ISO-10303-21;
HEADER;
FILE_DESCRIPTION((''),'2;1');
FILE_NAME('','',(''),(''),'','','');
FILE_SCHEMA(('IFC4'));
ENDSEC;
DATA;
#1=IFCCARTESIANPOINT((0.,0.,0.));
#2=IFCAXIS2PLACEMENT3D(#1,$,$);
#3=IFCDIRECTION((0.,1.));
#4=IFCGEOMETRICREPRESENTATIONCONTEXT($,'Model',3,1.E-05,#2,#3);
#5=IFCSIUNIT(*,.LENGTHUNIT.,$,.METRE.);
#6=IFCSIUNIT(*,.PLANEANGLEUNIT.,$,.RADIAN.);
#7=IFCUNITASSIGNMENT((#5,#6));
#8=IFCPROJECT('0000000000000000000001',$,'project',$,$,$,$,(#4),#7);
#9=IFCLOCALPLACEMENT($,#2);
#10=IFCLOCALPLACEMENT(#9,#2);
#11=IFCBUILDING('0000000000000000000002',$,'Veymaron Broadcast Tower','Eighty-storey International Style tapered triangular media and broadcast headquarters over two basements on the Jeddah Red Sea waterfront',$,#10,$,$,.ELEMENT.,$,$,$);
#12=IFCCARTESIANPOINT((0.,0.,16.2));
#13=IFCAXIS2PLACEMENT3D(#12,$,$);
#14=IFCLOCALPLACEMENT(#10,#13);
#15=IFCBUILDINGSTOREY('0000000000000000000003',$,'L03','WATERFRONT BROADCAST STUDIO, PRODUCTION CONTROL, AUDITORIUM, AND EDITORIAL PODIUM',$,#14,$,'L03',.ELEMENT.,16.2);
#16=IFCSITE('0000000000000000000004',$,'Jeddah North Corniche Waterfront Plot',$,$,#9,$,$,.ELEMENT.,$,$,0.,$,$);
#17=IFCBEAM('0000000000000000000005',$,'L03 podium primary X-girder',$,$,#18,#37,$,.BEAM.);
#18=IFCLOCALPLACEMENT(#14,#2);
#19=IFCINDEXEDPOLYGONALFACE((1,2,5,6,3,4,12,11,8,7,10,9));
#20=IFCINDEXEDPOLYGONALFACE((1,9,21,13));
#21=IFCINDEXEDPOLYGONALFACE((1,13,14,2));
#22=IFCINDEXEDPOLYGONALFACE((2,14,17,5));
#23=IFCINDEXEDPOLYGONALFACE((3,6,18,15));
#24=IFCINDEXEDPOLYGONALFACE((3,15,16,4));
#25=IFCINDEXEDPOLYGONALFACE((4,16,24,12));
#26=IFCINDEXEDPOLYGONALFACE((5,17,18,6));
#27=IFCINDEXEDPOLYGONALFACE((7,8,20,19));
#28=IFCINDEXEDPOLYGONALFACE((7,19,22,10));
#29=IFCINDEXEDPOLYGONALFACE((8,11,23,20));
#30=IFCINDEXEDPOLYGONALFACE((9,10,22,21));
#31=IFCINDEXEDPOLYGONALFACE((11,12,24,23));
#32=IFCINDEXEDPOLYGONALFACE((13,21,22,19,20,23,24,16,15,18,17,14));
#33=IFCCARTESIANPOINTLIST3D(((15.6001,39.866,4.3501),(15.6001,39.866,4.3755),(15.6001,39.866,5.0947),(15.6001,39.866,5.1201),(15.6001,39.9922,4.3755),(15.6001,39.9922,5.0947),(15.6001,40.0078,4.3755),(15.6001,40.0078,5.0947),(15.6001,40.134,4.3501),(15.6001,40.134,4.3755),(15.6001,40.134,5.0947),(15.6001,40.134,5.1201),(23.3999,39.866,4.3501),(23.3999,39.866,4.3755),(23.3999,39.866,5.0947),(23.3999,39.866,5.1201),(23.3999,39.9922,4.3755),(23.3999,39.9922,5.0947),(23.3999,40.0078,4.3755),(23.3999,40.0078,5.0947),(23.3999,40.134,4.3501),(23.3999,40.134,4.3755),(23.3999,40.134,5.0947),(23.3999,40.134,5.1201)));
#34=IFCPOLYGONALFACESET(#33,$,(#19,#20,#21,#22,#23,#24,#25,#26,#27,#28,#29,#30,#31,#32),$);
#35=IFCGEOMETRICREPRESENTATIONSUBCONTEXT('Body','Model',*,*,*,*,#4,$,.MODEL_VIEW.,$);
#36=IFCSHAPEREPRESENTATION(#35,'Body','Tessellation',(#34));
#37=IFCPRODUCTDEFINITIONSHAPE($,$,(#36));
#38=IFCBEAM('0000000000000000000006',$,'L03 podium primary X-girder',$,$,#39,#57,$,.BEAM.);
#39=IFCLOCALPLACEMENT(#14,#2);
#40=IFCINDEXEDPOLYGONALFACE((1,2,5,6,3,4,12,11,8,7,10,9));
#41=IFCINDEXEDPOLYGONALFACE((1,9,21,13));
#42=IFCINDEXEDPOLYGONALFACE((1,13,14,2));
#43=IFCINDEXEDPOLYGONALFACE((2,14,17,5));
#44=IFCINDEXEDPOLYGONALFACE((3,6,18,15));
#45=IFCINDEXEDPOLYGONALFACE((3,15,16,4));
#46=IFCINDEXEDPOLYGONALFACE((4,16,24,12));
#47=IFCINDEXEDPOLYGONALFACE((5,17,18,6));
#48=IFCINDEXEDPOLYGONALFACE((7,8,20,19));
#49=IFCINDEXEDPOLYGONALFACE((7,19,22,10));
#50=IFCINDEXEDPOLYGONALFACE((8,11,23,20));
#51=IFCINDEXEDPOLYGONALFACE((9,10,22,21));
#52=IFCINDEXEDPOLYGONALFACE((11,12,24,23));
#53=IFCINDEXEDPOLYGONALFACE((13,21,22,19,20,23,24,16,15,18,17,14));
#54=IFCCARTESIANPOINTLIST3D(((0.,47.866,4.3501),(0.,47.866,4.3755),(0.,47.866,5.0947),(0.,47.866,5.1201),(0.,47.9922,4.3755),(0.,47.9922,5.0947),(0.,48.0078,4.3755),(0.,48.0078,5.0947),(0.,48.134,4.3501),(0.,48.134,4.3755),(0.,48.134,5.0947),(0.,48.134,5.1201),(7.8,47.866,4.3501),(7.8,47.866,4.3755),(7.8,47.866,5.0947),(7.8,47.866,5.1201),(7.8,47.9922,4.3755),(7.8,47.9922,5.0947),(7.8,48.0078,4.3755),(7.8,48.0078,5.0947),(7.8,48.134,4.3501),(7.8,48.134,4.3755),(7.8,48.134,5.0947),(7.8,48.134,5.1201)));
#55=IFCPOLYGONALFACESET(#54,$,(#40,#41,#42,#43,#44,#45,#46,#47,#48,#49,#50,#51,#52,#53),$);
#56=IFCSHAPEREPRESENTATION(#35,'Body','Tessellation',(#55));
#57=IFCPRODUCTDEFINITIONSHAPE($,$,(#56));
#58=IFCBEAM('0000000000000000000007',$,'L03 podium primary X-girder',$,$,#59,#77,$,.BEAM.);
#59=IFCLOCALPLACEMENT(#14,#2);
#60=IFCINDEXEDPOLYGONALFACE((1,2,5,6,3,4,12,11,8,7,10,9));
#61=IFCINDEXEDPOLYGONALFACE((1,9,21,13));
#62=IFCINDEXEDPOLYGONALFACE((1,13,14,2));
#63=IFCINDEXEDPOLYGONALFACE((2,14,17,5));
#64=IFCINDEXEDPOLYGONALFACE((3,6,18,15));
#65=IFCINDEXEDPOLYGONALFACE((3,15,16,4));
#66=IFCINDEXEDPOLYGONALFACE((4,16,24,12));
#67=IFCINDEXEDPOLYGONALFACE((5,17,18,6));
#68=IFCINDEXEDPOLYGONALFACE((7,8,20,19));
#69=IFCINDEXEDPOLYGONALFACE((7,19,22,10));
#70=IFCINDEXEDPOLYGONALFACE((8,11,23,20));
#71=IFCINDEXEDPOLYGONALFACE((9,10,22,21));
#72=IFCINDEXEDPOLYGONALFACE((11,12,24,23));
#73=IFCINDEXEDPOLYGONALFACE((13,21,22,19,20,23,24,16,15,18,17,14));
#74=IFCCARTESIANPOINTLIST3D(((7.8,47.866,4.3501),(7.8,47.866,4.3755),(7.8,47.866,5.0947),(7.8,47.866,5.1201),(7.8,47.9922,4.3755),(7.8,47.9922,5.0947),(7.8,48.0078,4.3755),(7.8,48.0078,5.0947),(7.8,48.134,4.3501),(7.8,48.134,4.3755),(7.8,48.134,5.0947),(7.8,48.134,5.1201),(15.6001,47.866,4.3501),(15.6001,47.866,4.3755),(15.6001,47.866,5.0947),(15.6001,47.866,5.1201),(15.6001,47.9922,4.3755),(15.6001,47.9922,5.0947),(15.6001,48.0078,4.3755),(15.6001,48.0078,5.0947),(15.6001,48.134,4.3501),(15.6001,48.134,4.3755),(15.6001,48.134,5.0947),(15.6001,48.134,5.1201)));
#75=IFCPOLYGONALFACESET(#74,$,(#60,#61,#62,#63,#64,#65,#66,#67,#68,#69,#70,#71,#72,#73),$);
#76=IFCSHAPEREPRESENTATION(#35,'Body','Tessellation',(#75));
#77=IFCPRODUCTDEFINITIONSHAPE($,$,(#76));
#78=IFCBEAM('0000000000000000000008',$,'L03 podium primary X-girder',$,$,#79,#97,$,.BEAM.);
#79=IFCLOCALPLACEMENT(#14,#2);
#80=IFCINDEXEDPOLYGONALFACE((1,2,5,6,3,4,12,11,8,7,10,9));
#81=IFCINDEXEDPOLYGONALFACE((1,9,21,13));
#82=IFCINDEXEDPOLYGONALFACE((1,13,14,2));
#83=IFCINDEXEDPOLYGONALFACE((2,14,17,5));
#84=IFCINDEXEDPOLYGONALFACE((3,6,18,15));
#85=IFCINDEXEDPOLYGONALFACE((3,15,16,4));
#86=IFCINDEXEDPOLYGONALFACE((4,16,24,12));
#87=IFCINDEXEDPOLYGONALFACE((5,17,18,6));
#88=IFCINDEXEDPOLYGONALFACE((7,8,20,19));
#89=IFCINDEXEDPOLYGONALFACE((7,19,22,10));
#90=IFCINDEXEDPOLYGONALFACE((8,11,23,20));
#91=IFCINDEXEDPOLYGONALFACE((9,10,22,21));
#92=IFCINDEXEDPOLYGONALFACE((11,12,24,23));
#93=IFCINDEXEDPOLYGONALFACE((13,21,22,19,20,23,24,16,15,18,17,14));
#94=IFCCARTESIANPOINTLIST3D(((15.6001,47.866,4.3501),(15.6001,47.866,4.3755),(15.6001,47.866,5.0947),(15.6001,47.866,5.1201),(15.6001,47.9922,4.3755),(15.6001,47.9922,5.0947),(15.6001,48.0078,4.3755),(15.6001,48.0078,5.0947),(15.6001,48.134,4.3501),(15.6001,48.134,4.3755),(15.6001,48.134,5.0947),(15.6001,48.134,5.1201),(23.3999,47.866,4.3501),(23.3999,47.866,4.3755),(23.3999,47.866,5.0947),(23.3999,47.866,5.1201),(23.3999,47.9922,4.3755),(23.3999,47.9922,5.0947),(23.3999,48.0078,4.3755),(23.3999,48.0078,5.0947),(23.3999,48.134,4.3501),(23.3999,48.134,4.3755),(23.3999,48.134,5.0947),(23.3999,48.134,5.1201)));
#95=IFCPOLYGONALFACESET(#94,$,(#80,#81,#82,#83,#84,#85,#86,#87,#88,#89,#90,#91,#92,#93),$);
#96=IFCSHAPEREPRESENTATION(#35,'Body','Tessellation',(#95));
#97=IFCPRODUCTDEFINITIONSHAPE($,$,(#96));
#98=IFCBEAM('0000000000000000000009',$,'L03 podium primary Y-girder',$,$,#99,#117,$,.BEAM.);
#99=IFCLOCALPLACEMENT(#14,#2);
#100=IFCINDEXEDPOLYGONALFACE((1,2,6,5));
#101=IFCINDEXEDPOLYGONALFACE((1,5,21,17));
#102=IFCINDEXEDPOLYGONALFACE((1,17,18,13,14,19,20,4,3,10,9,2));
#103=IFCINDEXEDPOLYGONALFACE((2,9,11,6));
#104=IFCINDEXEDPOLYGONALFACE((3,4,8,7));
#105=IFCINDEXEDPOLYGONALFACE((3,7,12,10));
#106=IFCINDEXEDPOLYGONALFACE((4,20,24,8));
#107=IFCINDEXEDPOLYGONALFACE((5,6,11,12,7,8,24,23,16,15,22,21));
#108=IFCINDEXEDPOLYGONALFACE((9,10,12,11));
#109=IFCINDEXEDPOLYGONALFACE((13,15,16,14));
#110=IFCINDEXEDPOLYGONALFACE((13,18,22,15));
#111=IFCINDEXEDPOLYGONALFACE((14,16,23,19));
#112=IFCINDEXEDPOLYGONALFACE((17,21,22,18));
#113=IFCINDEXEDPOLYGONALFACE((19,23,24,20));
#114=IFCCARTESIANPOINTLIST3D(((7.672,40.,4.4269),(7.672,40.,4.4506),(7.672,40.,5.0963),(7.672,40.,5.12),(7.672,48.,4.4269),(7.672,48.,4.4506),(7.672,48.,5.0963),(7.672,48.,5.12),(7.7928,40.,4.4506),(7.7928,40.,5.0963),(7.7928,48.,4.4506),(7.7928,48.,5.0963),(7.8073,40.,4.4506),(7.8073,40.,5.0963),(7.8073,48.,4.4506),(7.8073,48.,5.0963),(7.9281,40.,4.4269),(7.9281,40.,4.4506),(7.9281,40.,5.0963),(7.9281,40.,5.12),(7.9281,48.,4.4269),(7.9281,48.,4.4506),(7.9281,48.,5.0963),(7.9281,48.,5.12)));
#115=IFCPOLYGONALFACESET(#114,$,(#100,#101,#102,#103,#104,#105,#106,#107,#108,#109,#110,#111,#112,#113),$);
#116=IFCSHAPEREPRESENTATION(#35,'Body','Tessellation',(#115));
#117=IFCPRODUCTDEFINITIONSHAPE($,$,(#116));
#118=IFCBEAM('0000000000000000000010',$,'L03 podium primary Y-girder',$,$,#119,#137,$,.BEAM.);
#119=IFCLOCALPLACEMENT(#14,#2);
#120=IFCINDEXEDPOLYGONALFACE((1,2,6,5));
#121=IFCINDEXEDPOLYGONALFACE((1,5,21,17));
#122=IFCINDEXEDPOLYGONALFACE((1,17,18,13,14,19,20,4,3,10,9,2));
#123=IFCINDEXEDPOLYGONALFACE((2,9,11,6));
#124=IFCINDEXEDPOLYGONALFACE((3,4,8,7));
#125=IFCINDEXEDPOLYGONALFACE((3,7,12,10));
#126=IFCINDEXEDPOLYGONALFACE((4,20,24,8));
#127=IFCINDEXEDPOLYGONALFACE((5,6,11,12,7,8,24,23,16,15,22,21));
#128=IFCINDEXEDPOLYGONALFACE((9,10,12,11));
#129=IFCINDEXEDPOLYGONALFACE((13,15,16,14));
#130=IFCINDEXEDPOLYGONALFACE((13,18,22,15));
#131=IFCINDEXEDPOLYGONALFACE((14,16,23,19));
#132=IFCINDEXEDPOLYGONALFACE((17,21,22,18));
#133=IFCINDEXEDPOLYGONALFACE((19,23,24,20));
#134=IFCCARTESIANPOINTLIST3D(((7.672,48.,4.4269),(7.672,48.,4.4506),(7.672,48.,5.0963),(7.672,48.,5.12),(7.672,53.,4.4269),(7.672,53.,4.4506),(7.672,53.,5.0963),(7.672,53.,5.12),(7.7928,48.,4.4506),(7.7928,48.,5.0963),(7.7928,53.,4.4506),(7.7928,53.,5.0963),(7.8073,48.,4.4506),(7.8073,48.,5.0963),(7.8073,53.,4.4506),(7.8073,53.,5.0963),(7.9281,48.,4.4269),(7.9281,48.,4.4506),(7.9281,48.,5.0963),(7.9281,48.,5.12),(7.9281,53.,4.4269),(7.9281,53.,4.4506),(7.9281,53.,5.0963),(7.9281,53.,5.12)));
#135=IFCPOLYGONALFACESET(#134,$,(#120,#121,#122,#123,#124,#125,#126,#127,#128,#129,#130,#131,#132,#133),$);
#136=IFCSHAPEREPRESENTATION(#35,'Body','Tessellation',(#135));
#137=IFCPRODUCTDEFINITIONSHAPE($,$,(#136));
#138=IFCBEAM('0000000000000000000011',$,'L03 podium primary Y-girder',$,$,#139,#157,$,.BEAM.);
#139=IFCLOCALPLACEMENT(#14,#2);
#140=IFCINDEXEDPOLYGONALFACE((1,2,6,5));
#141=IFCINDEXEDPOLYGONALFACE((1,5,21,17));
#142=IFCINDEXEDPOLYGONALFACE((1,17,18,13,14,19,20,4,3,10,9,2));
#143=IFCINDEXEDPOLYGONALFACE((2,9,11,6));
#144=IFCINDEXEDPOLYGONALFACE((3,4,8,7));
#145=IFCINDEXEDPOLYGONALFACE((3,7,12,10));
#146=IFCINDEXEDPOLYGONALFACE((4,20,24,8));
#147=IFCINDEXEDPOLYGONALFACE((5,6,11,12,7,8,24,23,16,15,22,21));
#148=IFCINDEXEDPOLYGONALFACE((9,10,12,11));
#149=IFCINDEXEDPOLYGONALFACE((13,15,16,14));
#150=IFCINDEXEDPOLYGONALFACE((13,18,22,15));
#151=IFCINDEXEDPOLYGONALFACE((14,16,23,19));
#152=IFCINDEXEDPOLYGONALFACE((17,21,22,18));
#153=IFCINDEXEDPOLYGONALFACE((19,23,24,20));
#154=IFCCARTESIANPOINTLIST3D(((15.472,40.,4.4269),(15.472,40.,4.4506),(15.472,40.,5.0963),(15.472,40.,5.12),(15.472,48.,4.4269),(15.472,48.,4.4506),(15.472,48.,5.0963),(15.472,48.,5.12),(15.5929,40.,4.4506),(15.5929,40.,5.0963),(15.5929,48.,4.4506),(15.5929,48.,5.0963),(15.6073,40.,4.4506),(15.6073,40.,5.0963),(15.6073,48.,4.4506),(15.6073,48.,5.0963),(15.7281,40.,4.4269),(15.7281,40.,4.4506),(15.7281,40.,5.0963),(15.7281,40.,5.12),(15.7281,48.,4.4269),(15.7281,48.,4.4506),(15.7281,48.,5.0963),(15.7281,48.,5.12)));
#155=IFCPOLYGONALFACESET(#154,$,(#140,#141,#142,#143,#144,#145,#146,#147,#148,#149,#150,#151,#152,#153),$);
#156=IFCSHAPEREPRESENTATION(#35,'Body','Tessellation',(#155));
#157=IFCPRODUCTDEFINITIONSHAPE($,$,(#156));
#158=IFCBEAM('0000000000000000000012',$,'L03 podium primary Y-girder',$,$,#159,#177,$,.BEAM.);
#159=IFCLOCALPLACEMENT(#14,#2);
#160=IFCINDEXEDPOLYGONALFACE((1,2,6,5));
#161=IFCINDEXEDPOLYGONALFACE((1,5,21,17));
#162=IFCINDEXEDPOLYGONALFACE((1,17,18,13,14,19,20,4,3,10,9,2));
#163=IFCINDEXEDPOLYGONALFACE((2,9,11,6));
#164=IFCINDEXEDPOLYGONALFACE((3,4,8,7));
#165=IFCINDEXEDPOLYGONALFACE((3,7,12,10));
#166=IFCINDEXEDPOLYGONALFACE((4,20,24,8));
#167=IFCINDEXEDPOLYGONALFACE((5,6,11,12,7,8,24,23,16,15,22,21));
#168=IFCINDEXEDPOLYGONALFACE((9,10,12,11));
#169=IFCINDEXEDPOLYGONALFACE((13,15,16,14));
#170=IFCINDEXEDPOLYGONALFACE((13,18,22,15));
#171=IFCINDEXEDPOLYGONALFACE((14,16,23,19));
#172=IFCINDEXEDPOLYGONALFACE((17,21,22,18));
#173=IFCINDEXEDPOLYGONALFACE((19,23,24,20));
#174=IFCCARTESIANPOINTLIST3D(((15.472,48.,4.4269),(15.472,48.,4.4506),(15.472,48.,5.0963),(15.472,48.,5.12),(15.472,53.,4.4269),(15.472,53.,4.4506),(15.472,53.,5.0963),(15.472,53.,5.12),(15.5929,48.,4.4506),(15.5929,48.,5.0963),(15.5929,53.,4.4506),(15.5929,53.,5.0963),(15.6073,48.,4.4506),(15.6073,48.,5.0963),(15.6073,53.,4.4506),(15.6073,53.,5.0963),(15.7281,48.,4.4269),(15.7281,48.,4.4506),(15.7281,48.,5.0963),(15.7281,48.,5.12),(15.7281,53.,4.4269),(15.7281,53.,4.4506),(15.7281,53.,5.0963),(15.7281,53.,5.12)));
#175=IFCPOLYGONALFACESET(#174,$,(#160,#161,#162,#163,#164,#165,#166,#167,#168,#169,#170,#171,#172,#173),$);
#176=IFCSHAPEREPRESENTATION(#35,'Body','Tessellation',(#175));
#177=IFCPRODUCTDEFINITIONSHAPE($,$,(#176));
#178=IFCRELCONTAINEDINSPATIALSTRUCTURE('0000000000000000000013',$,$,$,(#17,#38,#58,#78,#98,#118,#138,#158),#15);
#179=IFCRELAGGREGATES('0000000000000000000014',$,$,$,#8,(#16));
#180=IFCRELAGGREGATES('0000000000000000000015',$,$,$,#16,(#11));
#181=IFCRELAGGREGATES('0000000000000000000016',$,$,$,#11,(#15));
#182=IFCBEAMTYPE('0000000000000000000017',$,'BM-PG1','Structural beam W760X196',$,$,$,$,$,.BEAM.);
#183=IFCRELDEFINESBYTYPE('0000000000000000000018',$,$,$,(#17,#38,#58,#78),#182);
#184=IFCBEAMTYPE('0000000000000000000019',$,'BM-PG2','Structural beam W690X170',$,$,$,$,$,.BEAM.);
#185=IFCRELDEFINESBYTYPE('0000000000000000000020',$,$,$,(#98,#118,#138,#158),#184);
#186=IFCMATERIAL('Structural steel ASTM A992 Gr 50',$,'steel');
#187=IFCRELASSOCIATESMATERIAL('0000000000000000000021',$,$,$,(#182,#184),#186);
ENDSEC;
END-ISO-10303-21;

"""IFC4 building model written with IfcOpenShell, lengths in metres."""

from ifc_helpers import new_model, si_unit, direction, frame, origin, origin_2d, place, context, subcontext, project, spatial, i_section, extrude, material, material_profile, profile_set, type_object, element, save


model = new_model("IFC4")

# Units and contexts
model_context = context("Model", 3, precision=1e-05, world=origin(), true_north=direction((0.0, 1.0)))
body_context = subcontext(model_context, "Body", "Model", "MODEL_VIEW")
ifc_project = project(units=[si_unit("LENGTHUNIT", "METRE"), si_unit("PLANEANGLEUNIT", "RADIAN")], contexts=[model_context])

# Site, building, storey
site_placement = place(None, origin())
site = spatial("IfcSite", under=ifc_project, at=site_placement, Name="Jeddah North Corniche Waterfront Plot", CompositionType="ELEMENT", RefElevation=0.0)
building_placement = place(site_placement, origin())
building = spatial("IfcBuilding", under=site, at=building_placement, Name="Veymaron Broadcast Tower", Description="Eighty-storey International Style tapered triangular media and broadcast headquarters over two basements on the Jeddah Red Sea waterfront", CompositionType="ELEMENT")
storey_placement = place(building_placement, frame((0.0, 0.0, 16.2)))
storey = spatial("IfcBuildingStorey", under=building, at=storey_placement, Name="L03", Description="WATERFRONT BROADCAST STUDIO, PRODUCTION CONTROL, AUDITORIUM, AND EDITORIAL PODIUM", LongName="L03", CompositionType="ELEMENT", Elevation=16.2)

# Beams
ifc_material_1 = material(Name="Structural steel ASTM A992 Gr 50", Category="steel")
ifc_material_profile_1 = material_profile(ifc_material_1, i_section(OverallWidth=0.2681, OverallDepth=0.77, WebThickness=0.0156, FlangeThickness=0.0254, at=origin_2d()), Name="W760X196")
ifc_profile_set_1 = profile_set([ifc_material_profile_1], Name="Structural steel ASTM A992 Gr 50")
beam_type_1 = type_object("IfcBeamType", Name="BM-PG1", Description="Structural beam W760X196", PredefinedType="BEAM", material=ifc_profile_set_1)
beam_1_placement = place(storey_placement, frame((15.6001, 40.0, 4.7351), z_axis=(1.0, 0.0, 0.0), x_axis=(0.0, 1.0, 0.0)))
element("IfcBeam", 1, at=beam_1_placement, inside=storey, type_object=beam_type_1, Name="L03 podium primary X-girder", PredefinedType="BEAM", context=body_context, shape_type="SweptSolid", body=[
    extrude(i_section(OverallWidth=0.2681, OverallDepth=0.77, WebThickness=0.0156, FlangeThickness=0.0254, at=origin_2d()), origin(), (0.0, 0.0, 1.0), 7.7998),
])
for number, where, z_axis, x_axis, name in (
    (2, (0.0, 48.0, 4.7351), (1.0, 0.0, 0.0), (0.0, 1.0, 0.0), "L03 podium primary X-girder"),
    (3, (7.8, 48.0, 4.7351), (1.0, 0.0, 0.0), (0.0, 1.0, 0.0), "L03 podium primary X-girder"),
):
    element("IfcBeam", number, at=place(storey_placement, frame(where, z_axis=z_axis, x_axis=x_axis)), inside=storey, type_object=beam_type_1, Name=name, PredefinedType="BEAM", context=body_context, shape_type="SweptSolid", body=[
        extrude(i_section(OverallWidth=0.2681, OverallDepth=0.77, WebThickness=0.0156, FlangeThickness=0.0254, at=origin_2d()), origin(), (0.0, 0.0, 1.0), 7.8),
    ])
beam_2_placement = place(storey_placement, frame((15.6001, 48.0, 4.7351), z_axis=(1.0, 0.0, 0.0), x_axis=(0.0, 1.0, 0.0)))
element("IfcBeam", 4, at=beam_2_placement, inside=storey, type_object=beam_type_1, Name="L03 podium primary X-girder", PredefinedType="BEAM", context=body_context, shape_type="SweptSolid", body=[
    extrude(i_section(OverallWidth=0.2681, OverallDepth=0.77, WebThickness=0.0156, FlangeThickness=0.0254, at=origin_2d()), origin(), (0.0, 0.0, 1.0), 7.7998),
])
ifc_material_profile_2 = material_profile(ifc_material_1, i_section(OverallWidth=0.2561, OverallDepth=0.6931, WebThickness=0.0144, FlangeThickness=0.0237, at=origin_2d()), Name="W690X170")
ifc_profile_set_2 = profile_set([ifc_material_profile_2], Name="Structural steel ASTM A992 Gr 50")
beam_type_2 = type_object("IfcBeamType", Name="BM-PG2", Description="Structural beam W690X170", PredefinedType="BEAM", material=ifc_profile_set_2)
beam_3_placement = place(storey_placement, frame((7.8, 40.0, 4.7734), z_axis=(0.0, 1.0, 0.0), x_axis=(-1.0, 0.0, 0.0)))
element("IfcBeam", 5, at=beam_3_placement, inside=storey, type_object=beam_type_2, Name="L03 podium primary Y-girder", PredefinedType="BEAM", context=body_context, shape_type="SweptSolid", body=[
    extrude(i_section(OverallWidth=0.2561, OverallDepth=0.6931, WebThickness=0.0144, FlangeThickness=0.0237, at=origin_2d()), origin(), (0.0, 0.0, 1.0), 8.0),
])
beam_4_placement = place(storey_placement, frame((7.8, 48.0, 4.7734), z_axis=(0.0, 1.0, 0.0), x_axis=(-1.0, 0.0, 0.0)))
element("IfcBeam", 6, at=beam_4_placement, inside=storey, type_object=beam_type_2, Name="L03 podium primary Y-girder", PredefinedType="BEAM", context=body_context, shape_type="SweptSolid", body=[
    extrude(i_section(OverallWidth=0.2561, OverallDepth=0.6931, WebThickness=0.0144, FlangeThickness=0.0237, at=origin_2d()), origin(), (0.0, 0.0, 1.0), 5.0),
])
beam_5_placement = place(storey_placement, frame((15.6001, 40.0, 4.7734), z_axis=(0.0, 1.0, 0.0), x_axis=(-1.0, 0.0, 0.0)))
element("IfcBeam", 7, at=beam_5_placement, inside=storey, type_object=beam_type_2, Name="L03 podium primary Y-girder", PredefinedType="BEAM", context=body_context, shape_type="SweptSolid", body=[
    extrude(i_section(OverallWidth=0.2561, OverallDepth=0.6931, WebThickness=0.0144, FlangeThickness=0.0237, at=origin_2d()), origin(), (0.0, 0.0, 1.0), 8.0),
])
beam_6_placement = place(storey_placement, frame((15.6001, 48.0, 4.7734), z_axis=(0.0, 1.0, 0.0), x_axis=(-1.0, 0.0, 0.0)))
element("IfcBeam", 8, at=beam_6_placement, inside=storey, type_object=beam_type_2, Name="L03 podium primary Y-girder", PredefinedType="BEAM", context=body_context, shape_type="SweptSolid", body=[
    extrude(i_section(OverallWidth=0.2561, OverallDepth=0.6931, WebThickness=0.0144, FlangeThickness=0.0237, at=origin_2d()), origin(), (0.0, 0.0, 1.0), 5.0),
])

save(model, "model.ifc")
